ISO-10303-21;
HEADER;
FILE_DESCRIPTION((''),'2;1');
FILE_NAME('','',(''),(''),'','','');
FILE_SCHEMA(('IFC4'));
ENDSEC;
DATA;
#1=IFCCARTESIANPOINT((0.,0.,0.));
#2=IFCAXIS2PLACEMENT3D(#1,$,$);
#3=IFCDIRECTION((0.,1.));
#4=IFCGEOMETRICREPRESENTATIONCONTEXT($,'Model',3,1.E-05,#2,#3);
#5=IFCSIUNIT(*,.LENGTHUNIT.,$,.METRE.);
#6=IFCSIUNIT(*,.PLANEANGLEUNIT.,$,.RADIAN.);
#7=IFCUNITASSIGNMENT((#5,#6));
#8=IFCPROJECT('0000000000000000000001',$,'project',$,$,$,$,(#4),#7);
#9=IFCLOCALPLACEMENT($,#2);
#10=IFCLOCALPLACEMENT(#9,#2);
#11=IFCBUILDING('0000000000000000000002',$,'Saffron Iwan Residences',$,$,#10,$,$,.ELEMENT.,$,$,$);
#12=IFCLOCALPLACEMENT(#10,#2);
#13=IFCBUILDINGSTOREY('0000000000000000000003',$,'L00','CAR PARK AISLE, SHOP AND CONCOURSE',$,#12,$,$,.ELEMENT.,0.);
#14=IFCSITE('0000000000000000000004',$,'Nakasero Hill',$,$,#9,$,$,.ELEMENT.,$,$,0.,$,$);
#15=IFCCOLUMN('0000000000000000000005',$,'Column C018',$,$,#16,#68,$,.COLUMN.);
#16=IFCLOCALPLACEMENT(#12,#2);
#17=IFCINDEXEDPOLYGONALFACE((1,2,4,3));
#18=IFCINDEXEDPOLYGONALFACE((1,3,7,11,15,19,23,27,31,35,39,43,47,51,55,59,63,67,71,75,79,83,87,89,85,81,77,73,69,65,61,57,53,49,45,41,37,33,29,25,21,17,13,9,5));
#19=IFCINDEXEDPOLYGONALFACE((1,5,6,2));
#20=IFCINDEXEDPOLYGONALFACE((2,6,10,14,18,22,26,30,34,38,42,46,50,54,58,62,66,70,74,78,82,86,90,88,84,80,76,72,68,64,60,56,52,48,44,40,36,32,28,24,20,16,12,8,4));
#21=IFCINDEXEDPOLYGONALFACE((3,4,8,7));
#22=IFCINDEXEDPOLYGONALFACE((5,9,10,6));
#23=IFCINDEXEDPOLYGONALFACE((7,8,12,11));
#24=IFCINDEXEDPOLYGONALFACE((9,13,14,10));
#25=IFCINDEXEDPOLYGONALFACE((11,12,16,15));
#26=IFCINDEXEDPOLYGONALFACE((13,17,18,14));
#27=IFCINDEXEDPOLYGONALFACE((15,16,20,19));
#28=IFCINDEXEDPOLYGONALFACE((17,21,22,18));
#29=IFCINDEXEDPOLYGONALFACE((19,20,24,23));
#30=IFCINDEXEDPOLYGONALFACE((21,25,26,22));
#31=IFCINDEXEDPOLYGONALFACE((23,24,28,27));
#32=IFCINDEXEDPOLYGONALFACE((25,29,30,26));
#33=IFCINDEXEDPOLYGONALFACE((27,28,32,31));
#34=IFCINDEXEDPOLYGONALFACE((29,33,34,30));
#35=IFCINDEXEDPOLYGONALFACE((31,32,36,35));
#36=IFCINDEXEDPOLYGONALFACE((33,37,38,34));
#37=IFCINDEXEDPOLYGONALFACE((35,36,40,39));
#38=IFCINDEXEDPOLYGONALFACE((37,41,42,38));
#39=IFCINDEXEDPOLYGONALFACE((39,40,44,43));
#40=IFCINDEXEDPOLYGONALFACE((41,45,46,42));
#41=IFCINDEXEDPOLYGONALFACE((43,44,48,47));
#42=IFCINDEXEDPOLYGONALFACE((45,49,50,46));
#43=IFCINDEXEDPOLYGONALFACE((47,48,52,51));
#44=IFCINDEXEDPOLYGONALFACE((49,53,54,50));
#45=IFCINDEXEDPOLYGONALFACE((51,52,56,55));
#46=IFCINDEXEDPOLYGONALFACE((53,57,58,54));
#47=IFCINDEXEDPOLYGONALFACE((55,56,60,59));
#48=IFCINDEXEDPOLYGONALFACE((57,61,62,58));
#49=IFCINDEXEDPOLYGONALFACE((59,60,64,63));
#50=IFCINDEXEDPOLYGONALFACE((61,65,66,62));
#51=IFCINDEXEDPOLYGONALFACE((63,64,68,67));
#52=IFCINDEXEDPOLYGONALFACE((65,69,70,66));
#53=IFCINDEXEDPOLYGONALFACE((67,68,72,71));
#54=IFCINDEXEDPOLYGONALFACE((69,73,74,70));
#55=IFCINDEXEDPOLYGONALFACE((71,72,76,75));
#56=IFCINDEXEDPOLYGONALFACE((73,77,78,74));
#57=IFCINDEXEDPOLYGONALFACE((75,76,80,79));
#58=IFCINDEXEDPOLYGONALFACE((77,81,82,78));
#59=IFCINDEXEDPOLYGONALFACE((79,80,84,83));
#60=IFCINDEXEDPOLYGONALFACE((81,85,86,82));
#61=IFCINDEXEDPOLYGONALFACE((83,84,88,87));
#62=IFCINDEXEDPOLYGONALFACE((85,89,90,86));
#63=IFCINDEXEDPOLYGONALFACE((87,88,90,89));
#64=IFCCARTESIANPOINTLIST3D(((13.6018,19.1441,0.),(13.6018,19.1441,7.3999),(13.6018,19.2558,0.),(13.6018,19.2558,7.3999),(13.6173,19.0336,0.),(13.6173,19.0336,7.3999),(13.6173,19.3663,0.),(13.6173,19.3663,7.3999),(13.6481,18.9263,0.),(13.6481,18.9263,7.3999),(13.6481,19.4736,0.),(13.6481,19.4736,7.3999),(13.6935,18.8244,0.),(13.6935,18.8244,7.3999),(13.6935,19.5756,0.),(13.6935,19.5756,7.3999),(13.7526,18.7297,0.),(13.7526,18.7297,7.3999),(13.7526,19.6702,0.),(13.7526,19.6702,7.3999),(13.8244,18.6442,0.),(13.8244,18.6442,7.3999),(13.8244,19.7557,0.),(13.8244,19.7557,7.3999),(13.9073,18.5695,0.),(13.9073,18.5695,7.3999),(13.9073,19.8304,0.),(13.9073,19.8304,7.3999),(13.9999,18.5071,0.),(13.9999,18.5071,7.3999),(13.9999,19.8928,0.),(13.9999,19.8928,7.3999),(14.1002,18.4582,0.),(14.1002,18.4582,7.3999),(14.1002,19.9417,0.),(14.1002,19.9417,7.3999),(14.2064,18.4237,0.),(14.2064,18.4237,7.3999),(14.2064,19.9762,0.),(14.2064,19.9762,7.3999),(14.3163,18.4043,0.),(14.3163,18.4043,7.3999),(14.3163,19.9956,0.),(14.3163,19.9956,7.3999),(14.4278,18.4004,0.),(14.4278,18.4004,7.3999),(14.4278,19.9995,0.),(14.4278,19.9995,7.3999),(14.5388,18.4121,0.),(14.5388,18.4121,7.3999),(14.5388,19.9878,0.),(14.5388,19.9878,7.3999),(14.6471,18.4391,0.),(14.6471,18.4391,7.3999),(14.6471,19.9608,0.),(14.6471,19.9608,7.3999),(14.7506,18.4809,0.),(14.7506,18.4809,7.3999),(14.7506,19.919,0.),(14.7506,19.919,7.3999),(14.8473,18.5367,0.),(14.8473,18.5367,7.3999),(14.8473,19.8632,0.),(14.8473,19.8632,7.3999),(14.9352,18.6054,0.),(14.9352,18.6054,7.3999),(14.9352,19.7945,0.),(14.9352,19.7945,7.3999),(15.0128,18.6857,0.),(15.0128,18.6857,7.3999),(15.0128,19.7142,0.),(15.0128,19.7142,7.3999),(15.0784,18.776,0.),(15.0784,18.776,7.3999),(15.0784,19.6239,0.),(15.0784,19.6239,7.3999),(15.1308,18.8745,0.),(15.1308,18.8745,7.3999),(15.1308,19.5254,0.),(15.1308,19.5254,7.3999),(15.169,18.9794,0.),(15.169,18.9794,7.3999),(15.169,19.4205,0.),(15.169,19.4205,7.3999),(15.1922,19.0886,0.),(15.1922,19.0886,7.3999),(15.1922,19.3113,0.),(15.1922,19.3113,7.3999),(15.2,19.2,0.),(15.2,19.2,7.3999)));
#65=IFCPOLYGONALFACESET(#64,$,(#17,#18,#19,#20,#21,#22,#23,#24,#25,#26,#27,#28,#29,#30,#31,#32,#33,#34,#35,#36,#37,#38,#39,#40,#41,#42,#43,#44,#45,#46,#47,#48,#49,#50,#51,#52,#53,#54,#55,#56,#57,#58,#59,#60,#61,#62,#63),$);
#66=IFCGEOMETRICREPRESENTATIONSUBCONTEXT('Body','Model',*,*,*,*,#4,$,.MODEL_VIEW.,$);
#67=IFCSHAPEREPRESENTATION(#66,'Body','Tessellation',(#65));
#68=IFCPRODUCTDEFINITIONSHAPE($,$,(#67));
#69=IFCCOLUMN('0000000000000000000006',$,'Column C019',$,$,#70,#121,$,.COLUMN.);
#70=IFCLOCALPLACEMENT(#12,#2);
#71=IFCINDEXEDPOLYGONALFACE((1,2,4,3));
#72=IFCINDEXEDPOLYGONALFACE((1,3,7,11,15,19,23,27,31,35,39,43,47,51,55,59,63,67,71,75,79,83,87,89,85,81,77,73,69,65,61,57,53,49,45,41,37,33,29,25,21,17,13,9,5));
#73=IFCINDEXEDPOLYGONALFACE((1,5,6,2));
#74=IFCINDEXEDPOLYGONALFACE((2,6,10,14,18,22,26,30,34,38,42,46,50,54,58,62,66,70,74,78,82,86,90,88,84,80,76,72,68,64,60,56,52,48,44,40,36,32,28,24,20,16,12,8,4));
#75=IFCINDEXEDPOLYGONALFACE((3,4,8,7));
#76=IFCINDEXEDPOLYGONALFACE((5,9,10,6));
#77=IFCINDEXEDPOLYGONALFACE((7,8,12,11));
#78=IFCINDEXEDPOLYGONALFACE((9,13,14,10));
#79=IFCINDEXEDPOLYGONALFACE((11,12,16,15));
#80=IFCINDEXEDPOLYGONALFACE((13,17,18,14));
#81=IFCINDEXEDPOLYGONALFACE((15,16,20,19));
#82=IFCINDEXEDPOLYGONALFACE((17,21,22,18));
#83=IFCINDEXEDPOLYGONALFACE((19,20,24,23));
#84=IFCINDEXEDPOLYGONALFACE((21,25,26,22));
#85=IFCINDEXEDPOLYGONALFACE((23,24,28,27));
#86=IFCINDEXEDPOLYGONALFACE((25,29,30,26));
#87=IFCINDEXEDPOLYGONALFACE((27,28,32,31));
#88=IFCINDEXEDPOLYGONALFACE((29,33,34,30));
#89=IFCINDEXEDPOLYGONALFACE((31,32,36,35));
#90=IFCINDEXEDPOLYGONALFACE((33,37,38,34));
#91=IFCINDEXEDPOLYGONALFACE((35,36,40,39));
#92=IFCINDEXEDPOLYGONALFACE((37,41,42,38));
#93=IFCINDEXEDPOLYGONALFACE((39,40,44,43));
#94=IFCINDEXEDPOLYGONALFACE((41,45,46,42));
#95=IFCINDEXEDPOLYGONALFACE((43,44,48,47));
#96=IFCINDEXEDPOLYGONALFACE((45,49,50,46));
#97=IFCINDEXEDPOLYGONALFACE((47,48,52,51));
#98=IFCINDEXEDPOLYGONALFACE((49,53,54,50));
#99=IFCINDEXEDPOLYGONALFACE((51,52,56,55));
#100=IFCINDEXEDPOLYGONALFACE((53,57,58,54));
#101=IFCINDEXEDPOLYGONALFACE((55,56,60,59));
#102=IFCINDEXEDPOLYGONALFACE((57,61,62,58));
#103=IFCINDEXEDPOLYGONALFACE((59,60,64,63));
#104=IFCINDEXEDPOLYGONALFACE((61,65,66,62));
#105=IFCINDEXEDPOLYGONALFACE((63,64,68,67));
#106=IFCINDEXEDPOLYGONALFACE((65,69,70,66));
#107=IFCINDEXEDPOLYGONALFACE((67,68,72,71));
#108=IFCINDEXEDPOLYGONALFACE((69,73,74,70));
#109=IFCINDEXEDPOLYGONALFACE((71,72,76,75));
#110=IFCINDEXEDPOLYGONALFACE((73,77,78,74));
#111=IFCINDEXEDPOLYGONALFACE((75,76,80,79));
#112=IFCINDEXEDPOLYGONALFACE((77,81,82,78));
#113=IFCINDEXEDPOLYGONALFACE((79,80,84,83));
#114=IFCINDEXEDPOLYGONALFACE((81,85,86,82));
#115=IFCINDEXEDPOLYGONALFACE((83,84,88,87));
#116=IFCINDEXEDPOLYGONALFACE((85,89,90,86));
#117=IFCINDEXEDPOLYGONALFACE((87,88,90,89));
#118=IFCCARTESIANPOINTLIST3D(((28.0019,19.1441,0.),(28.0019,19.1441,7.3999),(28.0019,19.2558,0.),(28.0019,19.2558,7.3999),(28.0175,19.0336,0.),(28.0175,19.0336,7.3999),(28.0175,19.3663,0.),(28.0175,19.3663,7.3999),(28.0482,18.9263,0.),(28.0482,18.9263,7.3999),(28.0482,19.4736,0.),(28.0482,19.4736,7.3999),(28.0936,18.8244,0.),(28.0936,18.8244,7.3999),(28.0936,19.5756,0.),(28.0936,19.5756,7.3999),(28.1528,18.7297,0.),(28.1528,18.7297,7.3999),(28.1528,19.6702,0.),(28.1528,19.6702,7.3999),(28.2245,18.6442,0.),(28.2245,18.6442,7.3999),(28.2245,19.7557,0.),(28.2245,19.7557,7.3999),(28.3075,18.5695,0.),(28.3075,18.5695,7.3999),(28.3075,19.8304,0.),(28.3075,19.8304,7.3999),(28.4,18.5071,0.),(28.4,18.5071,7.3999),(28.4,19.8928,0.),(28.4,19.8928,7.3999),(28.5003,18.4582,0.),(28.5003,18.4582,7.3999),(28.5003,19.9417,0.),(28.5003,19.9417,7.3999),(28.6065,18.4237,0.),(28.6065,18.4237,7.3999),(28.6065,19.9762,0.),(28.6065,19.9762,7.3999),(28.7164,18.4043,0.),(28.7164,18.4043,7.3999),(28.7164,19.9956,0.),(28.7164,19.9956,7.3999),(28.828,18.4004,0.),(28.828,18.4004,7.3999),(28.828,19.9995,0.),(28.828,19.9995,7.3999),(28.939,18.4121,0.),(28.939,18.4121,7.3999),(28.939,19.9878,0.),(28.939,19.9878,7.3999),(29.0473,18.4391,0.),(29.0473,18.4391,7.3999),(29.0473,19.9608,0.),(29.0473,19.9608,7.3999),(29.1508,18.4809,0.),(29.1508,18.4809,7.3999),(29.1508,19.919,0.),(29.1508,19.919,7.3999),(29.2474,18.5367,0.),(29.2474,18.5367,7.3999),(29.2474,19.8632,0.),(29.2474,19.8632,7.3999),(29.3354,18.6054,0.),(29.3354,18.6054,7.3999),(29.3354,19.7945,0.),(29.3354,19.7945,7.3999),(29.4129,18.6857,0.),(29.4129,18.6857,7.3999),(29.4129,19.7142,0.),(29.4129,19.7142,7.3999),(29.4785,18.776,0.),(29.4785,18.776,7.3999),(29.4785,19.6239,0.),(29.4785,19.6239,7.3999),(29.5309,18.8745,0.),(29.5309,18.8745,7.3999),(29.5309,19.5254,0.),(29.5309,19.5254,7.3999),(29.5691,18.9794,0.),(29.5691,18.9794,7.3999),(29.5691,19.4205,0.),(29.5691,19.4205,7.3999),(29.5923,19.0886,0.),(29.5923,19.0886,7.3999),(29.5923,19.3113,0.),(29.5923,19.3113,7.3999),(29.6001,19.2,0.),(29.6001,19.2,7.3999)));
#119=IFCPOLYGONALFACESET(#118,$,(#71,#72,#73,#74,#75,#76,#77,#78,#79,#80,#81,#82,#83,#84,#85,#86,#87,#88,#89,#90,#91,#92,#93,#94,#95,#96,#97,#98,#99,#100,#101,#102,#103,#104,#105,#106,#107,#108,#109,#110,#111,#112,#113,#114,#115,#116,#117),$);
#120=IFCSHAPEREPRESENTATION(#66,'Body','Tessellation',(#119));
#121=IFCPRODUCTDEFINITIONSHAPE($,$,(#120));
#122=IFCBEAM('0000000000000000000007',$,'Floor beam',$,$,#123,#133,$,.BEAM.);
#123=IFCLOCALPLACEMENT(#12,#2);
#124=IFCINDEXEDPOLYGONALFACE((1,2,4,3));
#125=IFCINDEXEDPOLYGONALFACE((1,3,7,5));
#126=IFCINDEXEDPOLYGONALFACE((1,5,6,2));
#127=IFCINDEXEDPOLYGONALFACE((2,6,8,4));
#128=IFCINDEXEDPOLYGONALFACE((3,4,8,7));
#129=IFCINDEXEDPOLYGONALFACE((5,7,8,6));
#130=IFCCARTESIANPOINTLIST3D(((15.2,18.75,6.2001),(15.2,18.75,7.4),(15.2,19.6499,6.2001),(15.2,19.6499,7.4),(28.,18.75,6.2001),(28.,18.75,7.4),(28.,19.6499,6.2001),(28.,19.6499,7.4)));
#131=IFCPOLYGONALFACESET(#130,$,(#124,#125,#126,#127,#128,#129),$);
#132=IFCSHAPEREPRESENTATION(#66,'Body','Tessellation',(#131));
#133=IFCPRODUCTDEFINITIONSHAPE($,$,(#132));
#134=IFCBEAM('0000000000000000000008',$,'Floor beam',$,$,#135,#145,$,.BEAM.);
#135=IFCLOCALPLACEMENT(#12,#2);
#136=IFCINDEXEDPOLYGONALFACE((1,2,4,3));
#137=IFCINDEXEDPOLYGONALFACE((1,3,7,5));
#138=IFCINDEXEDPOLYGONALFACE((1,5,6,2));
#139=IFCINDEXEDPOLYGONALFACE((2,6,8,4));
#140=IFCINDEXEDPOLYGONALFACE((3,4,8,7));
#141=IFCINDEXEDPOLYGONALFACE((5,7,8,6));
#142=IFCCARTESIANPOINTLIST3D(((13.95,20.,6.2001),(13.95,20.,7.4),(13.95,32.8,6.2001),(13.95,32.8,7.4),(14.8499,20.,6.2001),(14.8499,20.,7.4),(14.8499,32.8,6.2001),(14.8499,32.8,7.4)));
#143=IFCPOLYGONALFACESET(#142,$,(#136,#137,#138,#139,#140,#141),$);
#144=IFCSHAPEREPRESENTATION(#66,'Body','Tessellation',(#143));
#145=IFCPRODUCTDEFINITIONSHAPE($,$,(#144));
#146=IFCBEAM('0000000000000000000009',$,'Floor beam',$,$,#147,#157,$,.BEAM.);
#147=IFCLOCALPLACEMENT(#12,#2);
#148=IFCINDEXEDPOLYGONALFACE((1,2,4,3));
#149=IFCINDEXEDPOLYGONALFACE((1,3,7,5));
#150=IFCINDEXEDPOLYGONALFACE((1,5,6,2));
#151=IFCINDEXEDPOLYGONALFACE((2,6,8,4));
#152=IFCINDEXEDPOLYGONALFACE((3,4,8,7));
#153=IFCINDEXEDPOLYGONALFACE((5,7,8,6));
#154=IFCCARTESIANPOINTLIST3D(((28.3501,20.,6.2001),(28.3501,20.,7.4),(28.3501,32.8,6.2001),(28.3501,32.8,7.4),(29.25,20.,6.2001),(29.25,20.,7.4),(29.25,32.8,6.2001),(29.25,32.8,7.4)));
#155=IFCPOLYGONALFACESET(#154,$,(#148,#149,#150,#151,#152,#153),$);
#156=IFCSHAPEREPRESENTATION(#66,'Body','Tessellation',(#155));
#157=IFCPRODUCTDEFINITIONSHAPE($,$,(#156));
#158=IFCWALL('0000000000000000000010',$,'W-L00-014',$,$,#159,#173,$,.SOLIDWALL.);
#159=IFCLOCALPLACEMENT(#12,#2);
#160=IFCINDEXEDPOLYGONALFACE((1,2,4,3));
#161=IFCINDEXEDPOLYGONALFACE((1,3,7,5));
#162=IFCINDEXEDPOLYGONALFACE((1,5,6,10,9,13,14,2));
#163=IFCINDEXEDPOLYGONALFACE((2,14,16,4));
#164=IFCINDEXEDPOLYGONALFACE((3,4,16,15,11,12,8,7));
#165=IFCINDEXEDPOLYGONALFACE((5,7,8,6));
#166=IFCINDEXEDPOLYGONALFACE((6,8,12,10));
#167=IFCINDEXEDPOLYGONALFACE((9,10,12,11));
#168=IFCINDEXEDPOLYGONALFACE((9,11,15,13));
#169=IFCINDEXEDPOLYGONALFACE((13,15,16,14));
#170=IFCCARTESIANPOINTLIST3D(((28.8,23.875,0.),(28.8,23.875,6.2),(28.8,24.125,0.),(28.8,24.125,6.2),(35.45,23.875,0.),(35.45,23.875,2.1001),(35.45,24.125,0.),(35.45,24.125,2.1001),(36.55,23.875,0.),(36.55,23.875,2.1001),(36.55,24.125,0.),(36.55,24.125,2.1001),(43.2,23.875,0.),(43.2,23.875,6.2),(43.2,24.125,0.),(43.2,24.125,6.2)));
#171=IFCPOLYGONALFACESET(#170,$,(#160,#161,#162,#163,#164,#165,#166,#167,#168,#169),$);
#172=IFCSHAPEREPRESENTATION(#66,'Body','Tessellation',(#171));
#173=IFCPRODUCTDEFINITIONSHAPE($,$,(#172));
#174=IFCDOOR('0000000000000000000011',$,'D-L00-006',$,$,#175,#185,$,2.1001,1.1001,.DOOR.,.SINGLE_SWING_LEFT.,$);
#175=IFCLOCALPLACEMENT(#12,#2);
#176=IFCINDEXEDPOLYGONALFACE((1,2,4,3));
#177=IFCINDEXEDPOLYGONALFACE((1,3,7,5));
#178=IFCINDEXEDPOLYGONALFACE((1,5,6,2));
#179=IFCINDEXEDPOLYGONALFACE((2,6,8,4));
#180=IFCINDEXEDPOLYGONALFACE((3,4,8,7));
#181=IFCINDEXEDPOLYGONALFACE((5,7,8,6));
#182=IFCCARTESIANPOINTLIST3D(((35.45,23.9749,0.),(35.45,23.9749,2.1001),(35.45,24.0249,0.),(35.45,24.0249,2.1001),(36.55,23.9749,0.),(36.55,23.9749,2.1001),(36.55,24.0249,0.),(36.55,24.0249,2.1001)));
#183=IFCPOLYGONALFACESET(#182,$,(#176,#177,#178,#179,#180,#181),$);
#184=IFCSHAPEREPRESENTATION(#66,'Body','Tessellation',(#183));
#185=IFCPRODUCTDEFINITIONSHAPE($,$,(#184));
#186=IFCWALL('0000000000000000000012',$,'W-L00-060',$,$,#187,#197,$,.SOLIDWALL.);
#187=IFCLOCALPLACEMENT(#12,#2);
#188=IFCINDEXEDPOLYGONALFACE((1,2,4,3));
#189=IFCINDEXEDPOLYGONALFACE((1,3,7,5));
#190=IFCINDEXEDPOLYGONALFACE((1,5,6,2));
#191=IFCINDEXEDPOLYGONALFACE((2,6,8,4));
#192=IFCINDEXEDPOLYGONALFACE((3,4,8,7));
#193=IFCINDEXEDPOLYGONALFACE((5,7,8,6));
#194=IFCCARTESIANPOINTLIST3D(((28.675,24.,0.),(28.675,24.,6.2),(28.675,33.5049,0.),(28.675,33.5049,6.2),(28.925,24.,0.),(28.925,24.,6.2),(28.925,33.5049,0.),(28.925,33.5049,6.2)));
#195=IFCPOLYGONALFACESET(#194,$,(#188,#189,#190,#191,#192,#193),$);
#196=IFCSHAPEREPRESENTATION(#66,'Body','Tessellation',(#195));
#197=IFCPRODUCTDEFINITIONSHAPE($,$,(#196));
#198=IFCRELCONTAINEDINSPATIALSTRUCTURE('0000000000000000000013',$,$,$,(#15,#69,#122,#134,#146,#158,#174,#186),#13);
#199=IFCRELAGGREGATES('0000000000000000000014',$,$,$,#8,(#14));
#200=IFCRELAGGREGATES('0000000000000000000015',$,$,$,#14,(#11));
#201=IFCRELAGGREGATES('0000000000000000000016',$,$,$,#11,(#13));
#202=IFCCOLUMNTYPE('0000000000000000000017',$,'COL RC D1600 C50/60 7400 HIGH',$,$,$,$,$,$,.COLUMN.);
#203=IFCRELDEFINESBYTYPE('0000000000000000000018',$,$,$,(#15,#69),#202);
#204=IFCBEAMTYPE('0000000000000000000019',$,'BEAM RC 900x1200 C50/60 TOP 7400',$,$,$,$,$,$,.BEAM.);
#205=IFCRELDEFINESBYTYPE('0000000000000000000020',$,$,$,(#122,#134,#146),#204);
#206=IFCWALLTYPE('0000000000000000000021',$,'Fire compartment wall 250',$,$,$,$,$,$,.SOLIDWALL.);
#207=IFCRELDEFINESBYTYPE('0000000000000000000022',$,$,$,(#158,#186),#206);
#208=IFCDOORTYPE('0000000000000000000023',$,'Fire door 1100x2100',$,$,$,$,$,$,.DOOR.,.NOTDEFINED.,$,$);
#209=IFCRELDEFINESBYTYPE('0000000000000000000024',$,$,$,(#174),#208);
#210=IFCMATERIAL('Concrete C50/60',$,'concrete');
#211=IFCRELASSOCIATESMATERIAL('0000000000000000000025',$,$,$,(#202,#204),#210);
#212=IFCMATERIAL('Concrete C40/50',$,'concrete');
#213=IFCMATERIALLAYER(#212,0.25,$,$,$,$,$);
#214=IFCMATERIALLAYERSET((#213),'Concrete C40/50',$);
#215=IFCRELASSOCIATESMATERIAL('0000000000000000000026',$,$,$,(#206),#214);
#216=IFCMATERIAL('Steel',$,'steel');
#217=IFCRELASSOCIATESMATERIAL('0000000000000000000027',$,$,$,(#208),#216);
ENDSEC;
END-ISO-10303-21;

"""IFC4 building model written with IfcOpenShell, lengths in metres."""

from ifc_helpers import new_model, si_unit, direction, frame, frame_2d, origin, origin_2d, place, context, subcontext, project, spatial, rectangle, circle, extrude, source, transform, mapped, material, layer, layer_set, material_profile, profile_set, type_object, element, fill, save


model = new_model("IFC4")

# Units and contexts
model_context = context("Model", 3, precision=1e-05, world=origin(), true_north=direction((0.0, 1.0)))
body_context = subcontext(model_context, "Body", "Model", "MODEL_VIEW")
ifc_project = project(units=[si_unit("LENGTHUNIT", "METRE"), si_unit("PLANEANGLEUNIT", "RADIAN")], contexts=[model_context])

# Site, building, storey
site_placement = place(None, origin())
site = spatial("IfcSite", under=ifc_project, at=site_placement, Name="Nakasero Hill", CompositionType="ELEMENT", RefElevation=0.0)
building_placement = place(site_placement, origin())
building = spatial("IfcBuilding", under=site, at=building_placement, Name="Saffron Iwan Residences", CompositionType="ELEMENT")
storey_placement = place(building_placement, origin())
storey = spatial("IfcBuildingStorey", under=building, at=storey_placement, Name="L00", Description="CAR PARK AISLE, SHOP AND CONCOURSE", CompositionType="ELEMENT", Elevation=0.0)

# Columns
ifc_material_1 = material(Name="Concrete C50/60", Category="concrete")
ifc_material_profile_1 = material_profile(ifc_material_1, circle(Radius=0.8, at=origin_2d()), Name="RC D1600")
ifc_profile_set_1 = profile_set([ifc_material_profile_1], Name="Concrete C50/60")
column_type = type_object("IfcColumnType", Name="COL RC D1600 C50/60 7400 HIGH", PredefinedType="COLUMN", material=ifc_profile_set_1)
shared_shape_1 = source(origin(), body_context, "Body", "SweptSolid", [
    extrude(circle(Radius=0.8, at=origin_2d()), origin(), (0.0, 0.0, 1.0), 7.3999),
])
for number, where, z_axis, x_axis, name in (
    (1, (14.3999, 19.2, 0.0), (0.0, 0.0, 1.0), (1.0, 0.0, 0.0), "Column C018"),
    (2, (28.8, 19.2, 0.0), (0.0, 0.0, 1.0), (1.0, 0.0, 0.0), "Column C019"),
):
    element("IfcColumn", number, at=place(storey_placement, frame(where, z_axis=z_axis, x_axis=x_axis)), inside=storey, type_object=column_type, Name=name, PredefinedType="COLUMN", context=body_context, shape_type="MappedRepresentation", body=[
        mapped(shared_shape_1, transform((0.0, 0.0, 0.0))),
    ])

# Beams
ifc_material_profile_2 = material_profile(ifc_material_1, rectangle(XDim=0.8999, YDim=1.2, at=origin_2d()), Name="RC 900x1200")
ifc_profile_set_2 = profile_set([ifc_material_profile_2], Name="Concrete C50/60")
beam_type = type_object("IfcBeamType", Name="BEAM RC 900x1200 C50/60 TOP 7400", PredefinedType="BEAM", material=ifc_profile_set_2)
shared_shape_2 = source(origin(), body_context, "Body", "SweptSolid", [
    extrude(rectangle(XDim=0.8999, YDim=1.2, at=origin_2d()), origin(), (0.0, 0.0, 1.0), 12.8),
])
for number, where, z_axis, x_axis, name in (
    (3, (15.2, 19.2, 6.8), (1.0, 0.0, 0.0), (0.0, 1.0, 0.0), "Floor beam"),
    (4, (14.3999, 20.0, 6.8), (0.0, 1.0, 0.0), (-1.0, 0.0, 0.0), "Floor beam"),
    (5, (28.8, 20.0, 6.8), (0.0, 1.0, 0.0), (-1.0, 0.0, 0.0), "Floor beam"),
):
    element("IfcBeam", number, at=place(storey_placement, frame(where, z_axis=z_axis, x_axis=x_axis)), inside=storey, type_object=beam_type, Name=name, PredefinedType="BEAM", context=body_context, shape_type="MappedRepresentation", body=[
        mapped(shared_shape_2, transform((0.0, 0.0, 0.0))),
    ])

# Wall, opening, door
ifc_material_2 = material(Name="Concrete C40/50", Category="concrete")
ifc_layer_1 = layer(ifc_material_2, 0.25)
ifc_layer_set_1 = layer_set([ifc_layer_1], Name="Concrete C40/50")
wall_type_1 = type_object("IfcWallType", Name="Fire compartment wall 250", PredefinedType="SOLIDWALL", material=ifc_layer_set_1)
wall_1_placement = place(storey_placement, frame((28.8, 24.0, 0.0), z_axis=(0.0, 0.0, 1.0), x_axis=(1.0, 0.0, 0.0)))
wall_1 = element("IfcWall", 6, at=wall_1_placement, inside=storey, type_object=wall_type_1, Name="W-L00-014", PredefinedType="SOLIDWALL", context=body_context, shape_type="SweptSolid", body=[
    extrude(rectangle(XDim=14.3999, YDim=0.25, at=frame_2d((7.2, 0.0))), origin(), (0.0, 0.0, 1.0), 6.2),
])
opening_placement = place(wall_1_placement, frame((6.6499, 0.0, 0.0)))
opening = element("IfcOpeningElement", 7, at=opening_placement, cuts=wall_1, PredefinedType="OPENING", context=body_context, shape_type="SweptSolid", body=[
    extrude(rectangle(XDim=1.1001, YDim=2.1001, at=frame_2d((0.55, 1.05))), frame((0.0, 0.135, 0.0), z_axis=(0.0, -1.0, 0.0), x_axis=(1.0, 0.0, 0.0)), (0.0, 0.0, 1.0), 0.27),
])
ifc_material_3 = material(Name="Steel", Category="steel")
door_type = type_object("IfcDoorType", Name="Fire door 1100x2100", OperationType="NOTDEFINED", PredefinedType="DOOR", material=ifc_material_3)
door_placement = place(opening_placement, origin())
door = element("IfcDoor", 8, at=door_placement, inside=storey, type_object=door_type, Name="D-L00-006", OperationType="SINGLE_SWING_LEFT", OverallHeight=2.1001, OverallWidth=1.1001, PredefinedType="DOOR", context=body_context, shape_type="SweptSolid", body=[
    extrude(rectangle(XDim=1.1001, YDim=2.1001, at=frame_2d((0.55, 1.05))), frame((0.0, 0.0249, 0.0), z_axis=(0.0, -1.0, 0.0), x_axis=(1.0, 0.0, 0.0)), (0.0, 0.0, 1.0), 0.05),
])
fill(opening, door)

# Wall
wall_2_placement = place(storey_placement, frame((28.8, 24.0, 0.0), z_axis=(0.0, 0.0, 1.0), x_axis=(0.0, 1.0, 0.0)))
element("IfcWall", 9, at=wall_2_placement, inside=storey, type_object=wall_type_1, Name="W-L00-060", PredefinedType="SOLIDWALL", context=body_context, shape_type="SweptSolid", body=[
    extrude(rectangle(XDim=9.5049, YDim=0.25, at=frame_2d((4.7524, 0.0))), origin(), (0.0, 0.0, 1.0), 6.2),
])

save(model, "model.ifc")
